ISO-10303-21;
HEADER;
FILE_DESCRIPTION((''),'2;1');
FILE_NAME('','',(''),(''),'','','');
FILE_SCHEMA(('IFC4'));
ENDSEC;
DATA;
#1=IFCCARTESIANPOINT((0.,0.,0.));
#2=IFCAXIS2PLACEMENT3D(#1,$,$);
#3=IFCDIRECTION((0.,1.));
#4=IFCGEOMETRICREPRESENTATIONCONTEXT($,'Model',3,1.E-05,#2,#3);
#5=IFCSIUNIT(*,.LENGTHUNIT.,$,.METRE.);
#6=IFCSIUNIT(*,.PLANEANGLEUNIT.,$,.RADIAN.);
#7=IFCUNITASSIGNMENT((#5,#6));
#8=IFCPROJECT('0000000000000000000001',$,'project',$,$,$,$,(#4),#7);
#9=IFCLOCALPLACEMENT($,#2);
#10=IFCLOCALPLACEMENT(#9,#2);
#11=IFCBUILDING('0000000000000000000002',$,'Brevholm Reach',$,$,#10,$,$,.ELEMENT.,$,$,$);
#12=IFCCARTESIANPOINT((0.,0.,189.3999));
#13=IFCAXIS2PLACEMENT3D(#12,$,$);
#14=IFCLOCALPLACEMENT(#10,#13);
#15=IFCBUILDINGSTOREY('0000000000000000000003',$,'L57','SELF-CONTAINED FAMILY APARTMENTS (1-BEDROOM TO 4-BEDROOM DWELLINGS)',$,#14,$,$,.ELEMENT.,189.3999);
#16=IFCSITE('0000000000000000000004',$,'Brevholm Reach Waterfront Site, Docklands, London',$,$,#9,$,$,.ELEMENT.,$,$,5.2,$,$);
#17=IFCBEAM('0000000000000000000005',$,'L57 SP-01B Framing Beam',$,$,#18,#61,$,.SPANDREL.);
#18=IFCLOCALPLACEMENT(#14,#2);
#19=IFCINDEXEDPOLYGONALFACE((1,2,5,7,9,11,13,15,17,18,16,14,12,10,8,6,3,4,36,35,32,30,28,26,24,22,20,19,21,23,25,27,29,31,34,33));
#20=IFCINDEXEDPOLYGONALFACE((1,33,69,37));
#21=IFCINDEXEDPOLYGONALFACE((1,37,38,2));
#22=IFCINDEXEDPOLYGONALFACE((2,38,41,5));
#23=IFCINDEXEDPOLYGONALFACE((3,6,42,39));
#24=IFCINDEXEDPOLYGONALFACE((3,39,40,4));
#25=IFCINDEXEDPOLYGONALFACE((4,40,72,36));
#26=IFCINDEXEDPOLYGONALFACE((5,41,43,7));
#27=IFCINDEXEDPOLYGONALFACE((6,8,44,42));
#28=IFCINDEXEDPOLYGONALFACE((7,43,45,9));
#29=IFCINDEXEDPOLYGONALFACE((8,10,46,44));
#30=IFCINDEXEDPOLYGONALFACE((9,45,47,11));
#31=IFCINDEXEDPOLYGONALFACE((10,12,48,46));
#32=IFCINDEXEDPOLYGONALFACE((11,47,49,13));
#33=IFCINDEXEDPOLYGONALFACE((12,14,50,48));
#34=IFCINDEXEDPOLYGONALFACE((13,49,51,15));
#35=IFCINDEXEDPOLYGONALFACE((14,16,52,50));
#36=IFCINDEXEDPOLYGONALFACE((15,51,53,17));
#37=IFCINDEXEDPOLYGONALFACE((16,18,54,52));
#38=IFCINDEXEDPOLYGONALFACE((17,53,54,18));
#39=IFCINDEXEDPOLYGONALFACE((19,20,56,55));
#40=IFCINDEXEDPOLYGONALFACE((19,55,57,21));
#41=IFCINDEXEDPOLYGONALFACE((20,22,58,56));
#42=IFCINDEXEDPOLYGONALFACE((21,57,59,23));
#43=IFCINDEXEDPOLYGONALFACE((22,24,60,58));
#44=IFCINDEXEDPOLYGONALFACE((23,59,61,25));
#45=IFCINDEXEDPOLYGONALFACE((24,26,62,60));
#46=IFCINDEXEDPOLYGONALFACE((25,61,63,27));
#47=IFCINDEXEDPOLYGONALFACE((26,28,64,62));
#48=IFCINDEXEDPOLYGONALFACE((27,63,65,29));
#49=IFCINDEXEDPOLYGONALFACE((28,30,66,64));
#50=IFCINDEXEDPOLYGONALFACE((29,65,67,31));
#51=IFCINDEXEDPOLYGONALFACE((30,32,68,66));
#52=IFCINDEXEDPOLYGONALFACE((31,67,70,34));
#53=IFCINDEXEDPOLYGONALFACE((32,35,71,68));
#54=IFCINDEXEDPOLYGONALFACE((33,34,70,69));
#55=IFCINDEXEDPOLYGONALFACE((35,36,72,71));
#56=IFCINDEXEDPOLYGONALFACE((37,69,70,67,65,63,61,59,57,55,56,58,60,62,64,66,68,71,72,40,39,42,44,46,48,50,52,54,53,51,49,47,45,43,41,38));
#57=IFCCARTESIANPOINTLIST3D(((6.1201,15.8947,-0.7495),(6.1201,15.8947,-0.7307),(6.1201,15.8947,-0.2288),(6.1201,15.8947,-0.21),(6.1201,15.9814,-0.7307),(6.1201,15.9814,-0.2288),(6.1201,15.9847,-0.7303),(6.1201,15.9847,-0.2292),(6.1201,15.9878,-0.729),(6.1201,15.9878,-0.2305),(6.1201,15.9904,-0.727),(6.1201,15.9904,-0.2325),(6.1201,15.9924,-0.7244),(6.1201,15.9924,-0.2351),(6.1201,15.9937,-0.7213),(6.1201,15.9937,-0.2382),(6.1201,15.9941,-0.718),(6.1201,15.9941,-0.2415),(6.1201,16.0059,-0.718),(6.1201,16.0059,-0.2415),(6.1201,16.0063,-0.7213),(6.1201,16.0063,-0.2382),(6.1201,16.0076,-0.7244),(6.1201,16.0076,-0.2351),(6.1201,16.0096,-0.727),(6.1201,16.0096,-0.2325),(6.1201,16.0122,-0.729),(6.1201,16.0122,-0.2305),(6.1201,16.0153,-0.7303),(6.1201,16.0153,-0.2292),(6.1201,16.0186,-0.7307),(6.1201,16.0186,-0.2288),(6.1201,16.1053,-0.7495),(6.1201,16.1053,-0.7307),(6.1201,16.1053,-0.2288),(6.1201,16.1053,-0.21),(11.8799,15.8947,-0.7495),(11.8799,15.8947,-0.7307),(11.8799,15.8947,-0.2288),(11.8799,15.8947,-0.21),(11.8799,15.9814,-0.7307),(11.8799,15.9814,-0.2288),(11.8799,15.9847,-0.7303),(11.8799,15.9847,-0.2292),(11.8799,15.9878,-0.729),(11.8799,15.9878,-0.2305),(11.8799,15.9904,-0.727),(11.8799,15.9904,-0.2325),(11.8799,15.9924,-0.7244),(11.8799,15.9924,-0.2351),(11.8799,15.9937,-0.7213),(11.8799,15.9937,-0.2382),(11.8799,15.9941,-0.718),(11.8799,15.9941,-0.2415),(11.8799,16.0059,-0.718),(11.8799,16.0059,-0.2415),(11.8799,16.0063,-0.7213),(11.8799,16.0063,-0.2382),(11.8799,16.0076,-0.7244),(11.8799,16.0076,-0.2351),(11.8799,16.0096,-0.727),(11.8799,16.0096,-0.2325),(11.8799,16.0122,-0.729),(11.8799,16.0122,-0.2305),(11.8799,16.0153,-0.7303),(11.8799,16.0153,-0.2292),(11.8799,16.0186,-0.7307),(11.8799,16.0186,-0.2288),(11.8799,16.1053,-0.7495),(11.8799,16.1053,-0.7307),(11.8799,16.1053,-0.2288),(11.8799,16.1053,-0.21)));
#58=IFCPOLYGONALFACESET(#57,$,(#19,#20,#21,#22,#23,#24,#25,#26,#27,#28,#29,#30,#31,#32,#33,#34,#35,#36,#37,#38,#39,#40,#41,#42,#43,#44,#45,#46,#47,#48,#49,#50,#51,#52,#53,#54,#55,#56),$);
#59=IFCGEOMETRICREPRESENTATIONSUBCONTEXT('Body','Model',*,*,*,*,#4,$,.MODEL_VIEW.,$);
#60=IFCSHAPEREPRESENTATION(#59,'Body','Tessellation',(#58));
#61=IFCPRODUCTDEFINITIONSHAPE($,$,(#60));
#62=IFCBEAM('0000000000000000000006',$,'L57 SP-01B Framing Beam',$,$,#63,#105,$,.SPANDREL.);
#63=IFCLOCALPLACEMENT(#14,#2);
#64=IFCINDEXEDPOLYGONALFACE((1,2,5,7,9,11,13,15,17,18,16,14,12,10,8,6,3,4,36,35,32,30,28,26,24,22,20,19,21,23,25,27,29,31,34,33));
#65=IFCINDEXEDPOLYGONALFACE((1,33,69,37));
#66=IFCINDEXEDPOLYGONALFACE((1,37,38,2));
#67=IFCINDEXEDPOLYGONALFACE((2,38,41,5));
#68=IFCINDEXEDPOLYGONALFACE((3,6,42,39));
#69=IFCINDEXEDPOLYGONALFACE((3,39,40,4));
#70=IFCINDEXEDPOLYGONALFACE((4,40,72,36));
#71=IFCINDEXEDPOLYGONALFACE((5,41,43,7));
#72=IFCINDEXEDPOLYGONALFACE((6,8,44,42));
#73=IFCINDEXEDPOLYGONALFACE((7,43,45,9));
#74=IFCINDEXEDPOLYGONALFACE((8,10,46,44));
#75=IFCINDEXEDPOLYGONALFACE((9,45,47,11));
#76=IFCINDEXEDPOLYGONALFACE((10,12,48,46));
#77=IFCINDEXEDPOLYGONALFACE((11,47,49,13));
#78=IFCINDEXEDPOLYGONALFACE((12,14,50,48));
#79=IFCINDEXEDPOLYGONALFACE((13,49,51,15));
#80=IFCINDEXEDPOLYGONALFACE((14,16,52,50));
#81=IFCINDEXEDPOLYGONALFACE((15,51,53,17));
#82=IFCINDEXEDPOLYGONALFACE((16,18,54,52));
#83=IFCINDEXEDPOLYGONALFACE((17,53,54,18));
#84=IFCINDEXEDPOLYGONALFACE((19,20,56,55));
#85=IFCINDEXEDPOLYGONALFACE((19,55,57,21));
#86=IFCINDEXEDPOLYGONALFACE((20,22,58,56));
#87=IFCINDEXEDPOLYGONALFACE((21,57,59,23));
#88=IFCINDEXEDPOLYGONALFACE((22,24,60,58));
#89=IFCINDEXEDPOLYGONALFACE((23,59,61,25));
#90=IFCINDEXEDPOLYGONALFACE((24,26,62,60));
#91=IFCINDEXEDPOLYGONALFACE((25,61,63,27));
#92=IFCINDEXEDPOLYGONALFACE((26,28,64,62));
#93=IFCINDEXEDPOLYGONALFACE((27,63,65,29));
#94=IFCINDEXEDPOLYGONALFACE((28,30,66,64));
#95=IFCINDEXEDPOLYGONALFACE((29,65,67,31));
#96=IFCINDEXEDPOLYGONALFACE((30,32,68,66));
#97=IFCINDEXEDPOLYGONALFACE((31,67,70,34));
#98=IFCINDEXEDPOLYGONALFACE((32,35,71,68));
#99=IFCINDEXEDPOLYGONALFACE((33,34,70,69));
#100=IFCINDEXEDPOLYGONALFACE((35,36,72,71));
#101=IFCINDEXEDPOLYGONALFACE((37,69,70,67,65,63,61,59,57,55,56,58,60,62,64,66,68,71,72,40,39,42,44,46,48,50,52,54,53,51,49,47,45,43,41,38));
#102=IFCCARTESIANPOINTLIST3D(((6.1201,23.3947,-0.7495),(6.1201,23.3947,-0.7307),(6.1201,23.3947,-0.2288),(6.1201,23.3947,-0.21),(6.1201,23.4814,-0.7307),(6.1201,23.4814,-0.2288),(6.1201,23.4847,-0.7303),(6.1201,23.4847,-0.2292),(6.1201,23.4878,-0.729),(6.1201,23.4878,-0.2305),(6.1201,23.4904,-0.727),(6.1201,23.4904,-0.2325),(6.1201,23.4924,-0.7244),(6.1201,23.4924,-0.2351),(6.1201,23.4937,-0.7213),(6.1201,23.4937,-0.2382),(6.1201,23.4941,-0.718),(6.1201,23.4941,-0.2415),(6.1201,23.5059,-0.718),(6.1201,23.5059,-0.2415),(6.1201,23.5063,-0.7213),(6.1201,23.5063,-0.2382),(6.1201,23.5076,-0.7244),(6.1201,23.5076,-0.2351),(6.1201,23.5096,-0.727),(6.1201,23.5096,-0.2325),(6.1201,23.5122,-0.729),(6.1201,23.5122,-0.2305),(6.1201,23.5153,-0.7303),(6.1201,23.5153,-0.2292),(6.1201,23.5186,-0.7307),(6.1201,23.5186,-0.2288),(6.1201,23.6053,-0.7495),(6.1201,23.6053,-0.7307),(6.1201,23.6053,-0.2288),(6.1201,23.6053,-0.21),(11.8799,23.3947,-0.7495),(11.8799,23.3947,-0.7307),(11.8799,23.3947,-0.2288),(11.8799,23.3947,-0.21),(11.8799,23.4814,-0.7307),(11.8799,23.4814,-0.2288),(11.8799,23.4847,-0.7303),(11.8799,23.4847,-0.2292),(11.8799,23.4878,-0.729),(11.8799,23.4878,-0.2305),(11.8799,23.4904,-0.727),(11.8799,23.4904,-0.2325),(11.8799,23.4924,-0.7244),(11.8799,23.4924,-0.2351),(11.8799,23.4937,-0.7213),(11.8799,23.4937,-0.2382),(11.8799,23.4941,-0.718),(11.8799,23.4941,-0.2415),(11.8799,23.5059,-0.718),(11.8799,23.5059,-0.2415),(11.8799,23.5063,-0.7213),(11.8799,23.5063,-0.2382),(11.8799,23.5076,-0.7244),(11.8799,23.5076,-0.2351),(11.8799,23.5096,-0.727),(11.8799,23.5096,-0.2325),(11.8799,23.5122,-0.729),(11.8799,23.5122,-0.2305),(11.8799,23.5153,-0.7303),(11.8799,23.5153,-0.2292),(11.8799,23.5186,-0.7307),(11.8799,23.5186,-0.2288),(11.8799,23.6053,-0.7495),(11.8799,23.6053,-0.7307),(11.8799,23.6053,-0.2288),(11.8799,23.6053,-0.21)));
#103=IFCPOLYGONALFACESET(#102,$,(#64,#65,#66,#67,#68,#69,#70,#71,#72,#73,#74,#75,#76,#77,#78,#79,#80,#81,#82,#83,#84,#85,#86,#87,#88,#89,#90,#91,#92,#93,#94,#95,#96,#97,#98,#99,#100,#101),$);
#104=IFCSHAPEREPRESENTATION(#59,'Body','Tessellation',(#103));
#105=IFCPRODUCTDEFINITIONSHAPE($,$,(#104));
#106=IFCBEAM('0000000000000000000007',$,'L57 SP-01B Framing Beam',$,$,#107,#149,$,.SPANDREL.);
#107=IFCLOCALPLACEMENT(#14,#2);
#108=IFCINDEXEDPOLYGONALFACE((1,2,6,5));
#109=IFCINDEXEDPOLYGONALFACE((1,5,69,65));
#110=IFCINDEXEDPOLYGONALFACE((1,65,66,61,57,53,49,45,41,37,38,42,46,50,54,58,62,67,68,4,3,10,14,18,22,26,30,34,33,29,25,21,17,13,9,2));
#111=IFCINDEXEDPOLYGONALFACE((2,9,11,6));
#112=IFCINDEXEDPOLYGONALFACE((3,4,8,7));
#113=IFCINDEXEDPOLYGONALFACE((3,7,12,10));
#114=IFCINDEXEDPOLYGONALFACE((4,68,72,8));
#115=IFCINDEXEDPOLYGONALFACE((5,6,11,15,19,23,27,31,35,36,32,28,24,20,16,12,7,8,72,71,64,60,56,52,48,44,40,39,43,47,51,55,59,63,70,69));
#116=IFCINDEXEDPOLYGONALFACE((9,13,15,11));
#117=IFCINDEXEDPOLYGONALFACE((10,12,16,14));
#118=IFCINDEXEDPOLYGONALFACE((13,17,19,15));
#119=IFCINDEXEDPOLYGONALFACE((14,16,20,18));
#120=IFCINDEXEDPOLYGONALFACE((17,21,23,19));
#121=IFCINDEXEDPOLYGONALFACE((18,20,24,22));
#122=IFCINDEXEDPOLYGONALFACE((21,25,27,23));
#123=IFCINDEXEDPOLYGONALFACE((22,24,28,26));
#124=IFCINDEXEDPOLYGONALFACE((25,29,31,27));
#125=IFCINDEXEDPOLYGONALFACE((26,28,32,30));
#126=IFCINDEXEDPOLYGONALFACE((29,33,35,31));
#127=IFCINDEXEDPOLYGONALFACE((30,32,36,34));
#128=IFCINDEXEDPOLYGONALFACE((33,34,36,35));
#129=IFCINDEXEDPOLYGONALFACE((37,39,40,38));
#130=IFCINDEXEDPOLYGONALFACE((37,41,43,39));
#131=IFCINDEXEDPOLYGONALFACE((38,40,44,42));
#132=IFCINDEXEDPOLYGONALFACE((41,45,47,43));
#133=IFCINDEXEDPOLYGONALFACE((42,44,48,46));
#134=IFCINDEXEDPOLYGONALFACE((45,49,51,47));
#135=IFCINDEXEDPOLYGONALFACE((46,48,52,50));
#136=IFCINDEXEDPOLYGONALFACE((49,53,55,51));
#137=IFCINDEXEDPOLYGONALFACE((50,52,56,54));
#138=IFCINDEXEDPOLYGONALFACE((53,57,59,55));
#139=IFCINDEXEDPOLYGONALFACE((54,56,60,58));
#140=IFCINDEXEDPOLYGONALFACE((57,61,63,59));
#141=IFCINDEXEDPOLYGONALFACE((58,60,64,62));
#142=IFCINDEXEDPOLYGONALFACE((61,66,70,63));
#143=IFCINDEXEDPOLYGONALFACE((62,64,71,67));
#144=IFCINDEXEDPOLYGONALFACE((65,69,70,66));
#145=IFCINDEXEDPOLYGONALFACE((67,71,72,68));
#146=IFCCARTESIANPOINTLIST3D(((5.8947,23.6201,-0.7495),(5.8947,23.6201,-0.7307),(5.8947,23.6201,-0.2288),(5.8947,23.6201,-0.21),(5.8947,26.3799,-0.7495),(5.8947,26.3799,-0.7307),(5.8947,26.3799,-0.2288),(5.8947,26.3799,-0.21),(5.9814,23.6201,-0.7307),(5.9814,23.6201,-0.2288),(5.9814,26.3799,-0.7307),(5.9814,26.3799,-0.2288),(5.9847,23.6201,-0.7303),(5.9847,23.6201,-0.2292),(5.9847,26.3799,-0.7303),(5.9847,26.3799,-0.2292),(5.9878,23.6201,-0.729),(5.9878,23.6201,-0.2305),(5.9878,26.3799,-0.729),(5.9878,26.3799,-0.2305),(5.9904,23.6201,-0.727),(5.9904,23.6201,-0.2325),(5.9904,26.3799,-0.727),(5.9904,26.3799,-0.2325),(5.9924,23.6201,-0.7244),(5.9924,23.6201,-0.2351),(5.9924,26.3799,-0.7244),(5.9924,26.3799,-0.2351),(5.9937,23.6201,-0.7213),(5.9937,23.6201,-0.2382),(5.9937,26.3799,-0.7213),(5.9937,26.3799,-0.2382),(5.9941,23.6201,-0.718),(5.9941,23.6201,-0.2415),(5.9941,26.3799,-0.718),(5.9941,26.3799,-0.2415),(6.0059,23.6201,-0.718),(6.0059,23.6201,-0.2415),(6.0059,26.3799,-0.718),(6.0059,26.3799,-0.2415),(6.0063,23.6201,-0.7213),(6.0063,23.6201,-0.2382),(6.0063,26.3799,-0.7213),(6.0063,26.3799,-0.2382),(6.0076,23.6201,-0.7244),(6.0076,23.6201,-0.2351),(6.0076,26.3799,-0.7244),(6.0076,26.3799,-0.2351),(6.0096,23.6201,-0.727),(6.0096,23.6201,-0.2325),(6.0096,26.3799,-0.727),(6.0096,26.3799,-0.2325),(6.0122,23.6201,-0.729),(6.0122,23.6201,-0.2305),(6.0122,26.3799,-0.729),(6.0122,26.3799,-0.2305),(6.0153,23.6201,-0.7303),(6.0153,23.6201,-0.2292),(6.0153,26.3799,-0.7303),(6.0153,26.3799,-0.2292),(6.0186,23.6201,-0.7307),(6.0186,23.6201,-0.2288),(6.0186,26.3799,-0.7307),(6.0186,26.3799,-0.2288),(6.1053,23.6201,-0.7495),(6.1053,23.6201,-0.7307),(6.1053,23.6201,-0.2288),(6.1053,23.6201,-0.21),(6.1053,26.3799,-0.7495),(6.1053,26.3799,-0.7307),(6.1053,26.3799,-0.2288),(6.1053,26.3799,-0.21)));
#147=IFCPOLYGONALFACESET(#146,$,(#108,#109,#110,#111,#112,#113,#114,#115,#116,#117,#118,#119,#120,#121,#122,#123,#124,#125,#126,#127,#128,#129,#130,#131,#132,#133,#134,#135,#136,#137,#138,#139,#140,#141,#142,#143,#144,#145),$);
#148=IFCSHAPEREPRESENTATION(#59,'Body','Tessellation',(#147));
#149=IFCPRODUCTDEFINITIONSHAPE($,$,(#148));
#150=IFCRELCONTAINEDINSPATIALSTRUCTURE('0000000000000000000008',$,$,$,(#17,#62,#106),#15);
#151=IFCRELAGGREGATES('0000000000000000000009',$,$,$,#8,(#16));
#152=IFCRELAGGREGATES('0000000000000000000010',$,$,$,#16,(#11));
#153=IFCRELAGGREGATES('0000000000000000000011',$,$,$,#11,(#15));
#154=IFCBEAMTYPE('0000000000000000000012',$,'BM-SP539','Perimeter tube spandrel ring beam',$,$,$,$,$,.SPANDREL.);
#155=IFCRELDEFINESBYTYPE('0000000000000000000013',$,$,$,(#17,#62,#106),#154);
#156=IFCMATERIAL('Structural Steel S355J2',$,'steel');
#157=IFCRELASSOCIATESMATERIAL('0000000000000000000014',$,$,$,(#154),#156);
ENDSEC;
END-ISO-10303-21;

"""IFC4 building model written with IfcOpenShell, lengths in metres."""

from ifc_helpers import new_model, si_unit, direction, frame, origin, origin_2d, place, context, subcontext, project, spatial, i_section, extrude, material, material_profile, profile_set, type_object, element, save


model = new_model("IFC4")

# Units and contexts
model_context = context("Model", 3, precision=1e-05, world=origin(), true_north=direction((0.0, 1.0)))
body_context = subcontext(model_context, "Body", "Model", "MODEL_VIEW")
ifc_project = project(units=[si_unit("LENGTHUNIT", "METRE"), si_unit("PLANEANGLEUNIT", "RADIAN")], contexts=[model_context])

# Site, building, storey
site_placement = place(None, origin())
site = spatial("IfcSite", under=ifc_project, at=site_placement, Name="Brevholm Reach Waterfront Site, Docklands, London", CompositionType="ELEMENT", RefElevation=5.2)
building_placement = place(site_placement, origin())
building = spatial("IfcBuilding", under=site, at=building_placement, Name="Brevholm Reach", CompositionType="ELEMENT")
storey_placement = place(building_placement, frame((0.0, 0.0, 189.3999)))
storey = spatial("IfcBuildingStorey", under=building, at=storey_placement, Name="L57", Description="SELF-CONTAINED FAMILY APARTMENTS (1-BEDROOM TO 4-BEDROOM DWELLINGS)", CompositionType="ELEMENT", Elevation=189.3999)

# Beams
ifc_material_1 = material(Name="Structural Steel S355J2", Category="steel")
ifc_material_profile_1 = material_profile(ifc_material_1, i_section(OverallWidth=0.2107, OverallDepth=0.5396, WebThickness=0.0117, FlangeThickness=0.0188, FilletRadius=0.0127, at=origin_2d()), Name="UKB 533x210x109")
ifc_profile_set_1 = profile_set([ifc_material_profile_1], Name="Structural Steel S355J2")
beam_type_1 = type_object("IfcBeamType", Name="BM-SP539", Description="Perimeter tube spandrel ring beam", PredefinedType="SPANDREL", material=ifc_profile_set_1)
for number, where, z_axis, x_axis, name in (
    (1, (6.1201, 16.0, -0.4797), (1.0, 0.0, 0.0), (0.0, 1.0, 0.0), "L57 SP-01B Framing Beam"),
    (2, (6.1201, 23.5, -0.4797), (1.0, 0.0, 0.0), (0.0, 1.0, 0.0), "L57 SP-01B Framing Beam"),
):
    element("IfcBeam", number, at=place(storey_placement, frame(where, z_axis=z_axis, x_axis=x_axis)), inside=storey, type_object=beam_type_1, Name=name, PredefinedType="SPANDREL", context=body_context, shape_type="SweptSolid", body=[
        extrude(i_section(OverallWidth=0.2107, OverallDepth=0.5396, WebThickness=0.0117, FlangeThickness=0.0188, FilletRadius=0.0127, at=origin_2d()), origin(), (0.0, 0.0, 1.0), 5.7598),
    ])
beam_1_placement = place(storey_placement, frame((6.0, 23.6201, -0.4797), z_axis=(0.0, 1.0, 0.0), x_axis=(-1.0, 0.0, 0.0)))
element("IfcBeam", 3, at=beam_1_placement, inside=storey, type_object=beam_type_1, Name="L57 SP-01B Framing Beam", PredefinedType="SPANDREL", context=body_context, shape_type="SweptSolid", body=[
    extrude(i_section(OverallWidth=0.2107, OverallDepth=0.5396, WebThickness=0.0117, FlangeThickness=0.0188, FilletRadius=0.0127, at=origin_2d()), origin(), (0.0, 0.0, 1.0), 2.7598),
])

save(model, "model.ifc")
